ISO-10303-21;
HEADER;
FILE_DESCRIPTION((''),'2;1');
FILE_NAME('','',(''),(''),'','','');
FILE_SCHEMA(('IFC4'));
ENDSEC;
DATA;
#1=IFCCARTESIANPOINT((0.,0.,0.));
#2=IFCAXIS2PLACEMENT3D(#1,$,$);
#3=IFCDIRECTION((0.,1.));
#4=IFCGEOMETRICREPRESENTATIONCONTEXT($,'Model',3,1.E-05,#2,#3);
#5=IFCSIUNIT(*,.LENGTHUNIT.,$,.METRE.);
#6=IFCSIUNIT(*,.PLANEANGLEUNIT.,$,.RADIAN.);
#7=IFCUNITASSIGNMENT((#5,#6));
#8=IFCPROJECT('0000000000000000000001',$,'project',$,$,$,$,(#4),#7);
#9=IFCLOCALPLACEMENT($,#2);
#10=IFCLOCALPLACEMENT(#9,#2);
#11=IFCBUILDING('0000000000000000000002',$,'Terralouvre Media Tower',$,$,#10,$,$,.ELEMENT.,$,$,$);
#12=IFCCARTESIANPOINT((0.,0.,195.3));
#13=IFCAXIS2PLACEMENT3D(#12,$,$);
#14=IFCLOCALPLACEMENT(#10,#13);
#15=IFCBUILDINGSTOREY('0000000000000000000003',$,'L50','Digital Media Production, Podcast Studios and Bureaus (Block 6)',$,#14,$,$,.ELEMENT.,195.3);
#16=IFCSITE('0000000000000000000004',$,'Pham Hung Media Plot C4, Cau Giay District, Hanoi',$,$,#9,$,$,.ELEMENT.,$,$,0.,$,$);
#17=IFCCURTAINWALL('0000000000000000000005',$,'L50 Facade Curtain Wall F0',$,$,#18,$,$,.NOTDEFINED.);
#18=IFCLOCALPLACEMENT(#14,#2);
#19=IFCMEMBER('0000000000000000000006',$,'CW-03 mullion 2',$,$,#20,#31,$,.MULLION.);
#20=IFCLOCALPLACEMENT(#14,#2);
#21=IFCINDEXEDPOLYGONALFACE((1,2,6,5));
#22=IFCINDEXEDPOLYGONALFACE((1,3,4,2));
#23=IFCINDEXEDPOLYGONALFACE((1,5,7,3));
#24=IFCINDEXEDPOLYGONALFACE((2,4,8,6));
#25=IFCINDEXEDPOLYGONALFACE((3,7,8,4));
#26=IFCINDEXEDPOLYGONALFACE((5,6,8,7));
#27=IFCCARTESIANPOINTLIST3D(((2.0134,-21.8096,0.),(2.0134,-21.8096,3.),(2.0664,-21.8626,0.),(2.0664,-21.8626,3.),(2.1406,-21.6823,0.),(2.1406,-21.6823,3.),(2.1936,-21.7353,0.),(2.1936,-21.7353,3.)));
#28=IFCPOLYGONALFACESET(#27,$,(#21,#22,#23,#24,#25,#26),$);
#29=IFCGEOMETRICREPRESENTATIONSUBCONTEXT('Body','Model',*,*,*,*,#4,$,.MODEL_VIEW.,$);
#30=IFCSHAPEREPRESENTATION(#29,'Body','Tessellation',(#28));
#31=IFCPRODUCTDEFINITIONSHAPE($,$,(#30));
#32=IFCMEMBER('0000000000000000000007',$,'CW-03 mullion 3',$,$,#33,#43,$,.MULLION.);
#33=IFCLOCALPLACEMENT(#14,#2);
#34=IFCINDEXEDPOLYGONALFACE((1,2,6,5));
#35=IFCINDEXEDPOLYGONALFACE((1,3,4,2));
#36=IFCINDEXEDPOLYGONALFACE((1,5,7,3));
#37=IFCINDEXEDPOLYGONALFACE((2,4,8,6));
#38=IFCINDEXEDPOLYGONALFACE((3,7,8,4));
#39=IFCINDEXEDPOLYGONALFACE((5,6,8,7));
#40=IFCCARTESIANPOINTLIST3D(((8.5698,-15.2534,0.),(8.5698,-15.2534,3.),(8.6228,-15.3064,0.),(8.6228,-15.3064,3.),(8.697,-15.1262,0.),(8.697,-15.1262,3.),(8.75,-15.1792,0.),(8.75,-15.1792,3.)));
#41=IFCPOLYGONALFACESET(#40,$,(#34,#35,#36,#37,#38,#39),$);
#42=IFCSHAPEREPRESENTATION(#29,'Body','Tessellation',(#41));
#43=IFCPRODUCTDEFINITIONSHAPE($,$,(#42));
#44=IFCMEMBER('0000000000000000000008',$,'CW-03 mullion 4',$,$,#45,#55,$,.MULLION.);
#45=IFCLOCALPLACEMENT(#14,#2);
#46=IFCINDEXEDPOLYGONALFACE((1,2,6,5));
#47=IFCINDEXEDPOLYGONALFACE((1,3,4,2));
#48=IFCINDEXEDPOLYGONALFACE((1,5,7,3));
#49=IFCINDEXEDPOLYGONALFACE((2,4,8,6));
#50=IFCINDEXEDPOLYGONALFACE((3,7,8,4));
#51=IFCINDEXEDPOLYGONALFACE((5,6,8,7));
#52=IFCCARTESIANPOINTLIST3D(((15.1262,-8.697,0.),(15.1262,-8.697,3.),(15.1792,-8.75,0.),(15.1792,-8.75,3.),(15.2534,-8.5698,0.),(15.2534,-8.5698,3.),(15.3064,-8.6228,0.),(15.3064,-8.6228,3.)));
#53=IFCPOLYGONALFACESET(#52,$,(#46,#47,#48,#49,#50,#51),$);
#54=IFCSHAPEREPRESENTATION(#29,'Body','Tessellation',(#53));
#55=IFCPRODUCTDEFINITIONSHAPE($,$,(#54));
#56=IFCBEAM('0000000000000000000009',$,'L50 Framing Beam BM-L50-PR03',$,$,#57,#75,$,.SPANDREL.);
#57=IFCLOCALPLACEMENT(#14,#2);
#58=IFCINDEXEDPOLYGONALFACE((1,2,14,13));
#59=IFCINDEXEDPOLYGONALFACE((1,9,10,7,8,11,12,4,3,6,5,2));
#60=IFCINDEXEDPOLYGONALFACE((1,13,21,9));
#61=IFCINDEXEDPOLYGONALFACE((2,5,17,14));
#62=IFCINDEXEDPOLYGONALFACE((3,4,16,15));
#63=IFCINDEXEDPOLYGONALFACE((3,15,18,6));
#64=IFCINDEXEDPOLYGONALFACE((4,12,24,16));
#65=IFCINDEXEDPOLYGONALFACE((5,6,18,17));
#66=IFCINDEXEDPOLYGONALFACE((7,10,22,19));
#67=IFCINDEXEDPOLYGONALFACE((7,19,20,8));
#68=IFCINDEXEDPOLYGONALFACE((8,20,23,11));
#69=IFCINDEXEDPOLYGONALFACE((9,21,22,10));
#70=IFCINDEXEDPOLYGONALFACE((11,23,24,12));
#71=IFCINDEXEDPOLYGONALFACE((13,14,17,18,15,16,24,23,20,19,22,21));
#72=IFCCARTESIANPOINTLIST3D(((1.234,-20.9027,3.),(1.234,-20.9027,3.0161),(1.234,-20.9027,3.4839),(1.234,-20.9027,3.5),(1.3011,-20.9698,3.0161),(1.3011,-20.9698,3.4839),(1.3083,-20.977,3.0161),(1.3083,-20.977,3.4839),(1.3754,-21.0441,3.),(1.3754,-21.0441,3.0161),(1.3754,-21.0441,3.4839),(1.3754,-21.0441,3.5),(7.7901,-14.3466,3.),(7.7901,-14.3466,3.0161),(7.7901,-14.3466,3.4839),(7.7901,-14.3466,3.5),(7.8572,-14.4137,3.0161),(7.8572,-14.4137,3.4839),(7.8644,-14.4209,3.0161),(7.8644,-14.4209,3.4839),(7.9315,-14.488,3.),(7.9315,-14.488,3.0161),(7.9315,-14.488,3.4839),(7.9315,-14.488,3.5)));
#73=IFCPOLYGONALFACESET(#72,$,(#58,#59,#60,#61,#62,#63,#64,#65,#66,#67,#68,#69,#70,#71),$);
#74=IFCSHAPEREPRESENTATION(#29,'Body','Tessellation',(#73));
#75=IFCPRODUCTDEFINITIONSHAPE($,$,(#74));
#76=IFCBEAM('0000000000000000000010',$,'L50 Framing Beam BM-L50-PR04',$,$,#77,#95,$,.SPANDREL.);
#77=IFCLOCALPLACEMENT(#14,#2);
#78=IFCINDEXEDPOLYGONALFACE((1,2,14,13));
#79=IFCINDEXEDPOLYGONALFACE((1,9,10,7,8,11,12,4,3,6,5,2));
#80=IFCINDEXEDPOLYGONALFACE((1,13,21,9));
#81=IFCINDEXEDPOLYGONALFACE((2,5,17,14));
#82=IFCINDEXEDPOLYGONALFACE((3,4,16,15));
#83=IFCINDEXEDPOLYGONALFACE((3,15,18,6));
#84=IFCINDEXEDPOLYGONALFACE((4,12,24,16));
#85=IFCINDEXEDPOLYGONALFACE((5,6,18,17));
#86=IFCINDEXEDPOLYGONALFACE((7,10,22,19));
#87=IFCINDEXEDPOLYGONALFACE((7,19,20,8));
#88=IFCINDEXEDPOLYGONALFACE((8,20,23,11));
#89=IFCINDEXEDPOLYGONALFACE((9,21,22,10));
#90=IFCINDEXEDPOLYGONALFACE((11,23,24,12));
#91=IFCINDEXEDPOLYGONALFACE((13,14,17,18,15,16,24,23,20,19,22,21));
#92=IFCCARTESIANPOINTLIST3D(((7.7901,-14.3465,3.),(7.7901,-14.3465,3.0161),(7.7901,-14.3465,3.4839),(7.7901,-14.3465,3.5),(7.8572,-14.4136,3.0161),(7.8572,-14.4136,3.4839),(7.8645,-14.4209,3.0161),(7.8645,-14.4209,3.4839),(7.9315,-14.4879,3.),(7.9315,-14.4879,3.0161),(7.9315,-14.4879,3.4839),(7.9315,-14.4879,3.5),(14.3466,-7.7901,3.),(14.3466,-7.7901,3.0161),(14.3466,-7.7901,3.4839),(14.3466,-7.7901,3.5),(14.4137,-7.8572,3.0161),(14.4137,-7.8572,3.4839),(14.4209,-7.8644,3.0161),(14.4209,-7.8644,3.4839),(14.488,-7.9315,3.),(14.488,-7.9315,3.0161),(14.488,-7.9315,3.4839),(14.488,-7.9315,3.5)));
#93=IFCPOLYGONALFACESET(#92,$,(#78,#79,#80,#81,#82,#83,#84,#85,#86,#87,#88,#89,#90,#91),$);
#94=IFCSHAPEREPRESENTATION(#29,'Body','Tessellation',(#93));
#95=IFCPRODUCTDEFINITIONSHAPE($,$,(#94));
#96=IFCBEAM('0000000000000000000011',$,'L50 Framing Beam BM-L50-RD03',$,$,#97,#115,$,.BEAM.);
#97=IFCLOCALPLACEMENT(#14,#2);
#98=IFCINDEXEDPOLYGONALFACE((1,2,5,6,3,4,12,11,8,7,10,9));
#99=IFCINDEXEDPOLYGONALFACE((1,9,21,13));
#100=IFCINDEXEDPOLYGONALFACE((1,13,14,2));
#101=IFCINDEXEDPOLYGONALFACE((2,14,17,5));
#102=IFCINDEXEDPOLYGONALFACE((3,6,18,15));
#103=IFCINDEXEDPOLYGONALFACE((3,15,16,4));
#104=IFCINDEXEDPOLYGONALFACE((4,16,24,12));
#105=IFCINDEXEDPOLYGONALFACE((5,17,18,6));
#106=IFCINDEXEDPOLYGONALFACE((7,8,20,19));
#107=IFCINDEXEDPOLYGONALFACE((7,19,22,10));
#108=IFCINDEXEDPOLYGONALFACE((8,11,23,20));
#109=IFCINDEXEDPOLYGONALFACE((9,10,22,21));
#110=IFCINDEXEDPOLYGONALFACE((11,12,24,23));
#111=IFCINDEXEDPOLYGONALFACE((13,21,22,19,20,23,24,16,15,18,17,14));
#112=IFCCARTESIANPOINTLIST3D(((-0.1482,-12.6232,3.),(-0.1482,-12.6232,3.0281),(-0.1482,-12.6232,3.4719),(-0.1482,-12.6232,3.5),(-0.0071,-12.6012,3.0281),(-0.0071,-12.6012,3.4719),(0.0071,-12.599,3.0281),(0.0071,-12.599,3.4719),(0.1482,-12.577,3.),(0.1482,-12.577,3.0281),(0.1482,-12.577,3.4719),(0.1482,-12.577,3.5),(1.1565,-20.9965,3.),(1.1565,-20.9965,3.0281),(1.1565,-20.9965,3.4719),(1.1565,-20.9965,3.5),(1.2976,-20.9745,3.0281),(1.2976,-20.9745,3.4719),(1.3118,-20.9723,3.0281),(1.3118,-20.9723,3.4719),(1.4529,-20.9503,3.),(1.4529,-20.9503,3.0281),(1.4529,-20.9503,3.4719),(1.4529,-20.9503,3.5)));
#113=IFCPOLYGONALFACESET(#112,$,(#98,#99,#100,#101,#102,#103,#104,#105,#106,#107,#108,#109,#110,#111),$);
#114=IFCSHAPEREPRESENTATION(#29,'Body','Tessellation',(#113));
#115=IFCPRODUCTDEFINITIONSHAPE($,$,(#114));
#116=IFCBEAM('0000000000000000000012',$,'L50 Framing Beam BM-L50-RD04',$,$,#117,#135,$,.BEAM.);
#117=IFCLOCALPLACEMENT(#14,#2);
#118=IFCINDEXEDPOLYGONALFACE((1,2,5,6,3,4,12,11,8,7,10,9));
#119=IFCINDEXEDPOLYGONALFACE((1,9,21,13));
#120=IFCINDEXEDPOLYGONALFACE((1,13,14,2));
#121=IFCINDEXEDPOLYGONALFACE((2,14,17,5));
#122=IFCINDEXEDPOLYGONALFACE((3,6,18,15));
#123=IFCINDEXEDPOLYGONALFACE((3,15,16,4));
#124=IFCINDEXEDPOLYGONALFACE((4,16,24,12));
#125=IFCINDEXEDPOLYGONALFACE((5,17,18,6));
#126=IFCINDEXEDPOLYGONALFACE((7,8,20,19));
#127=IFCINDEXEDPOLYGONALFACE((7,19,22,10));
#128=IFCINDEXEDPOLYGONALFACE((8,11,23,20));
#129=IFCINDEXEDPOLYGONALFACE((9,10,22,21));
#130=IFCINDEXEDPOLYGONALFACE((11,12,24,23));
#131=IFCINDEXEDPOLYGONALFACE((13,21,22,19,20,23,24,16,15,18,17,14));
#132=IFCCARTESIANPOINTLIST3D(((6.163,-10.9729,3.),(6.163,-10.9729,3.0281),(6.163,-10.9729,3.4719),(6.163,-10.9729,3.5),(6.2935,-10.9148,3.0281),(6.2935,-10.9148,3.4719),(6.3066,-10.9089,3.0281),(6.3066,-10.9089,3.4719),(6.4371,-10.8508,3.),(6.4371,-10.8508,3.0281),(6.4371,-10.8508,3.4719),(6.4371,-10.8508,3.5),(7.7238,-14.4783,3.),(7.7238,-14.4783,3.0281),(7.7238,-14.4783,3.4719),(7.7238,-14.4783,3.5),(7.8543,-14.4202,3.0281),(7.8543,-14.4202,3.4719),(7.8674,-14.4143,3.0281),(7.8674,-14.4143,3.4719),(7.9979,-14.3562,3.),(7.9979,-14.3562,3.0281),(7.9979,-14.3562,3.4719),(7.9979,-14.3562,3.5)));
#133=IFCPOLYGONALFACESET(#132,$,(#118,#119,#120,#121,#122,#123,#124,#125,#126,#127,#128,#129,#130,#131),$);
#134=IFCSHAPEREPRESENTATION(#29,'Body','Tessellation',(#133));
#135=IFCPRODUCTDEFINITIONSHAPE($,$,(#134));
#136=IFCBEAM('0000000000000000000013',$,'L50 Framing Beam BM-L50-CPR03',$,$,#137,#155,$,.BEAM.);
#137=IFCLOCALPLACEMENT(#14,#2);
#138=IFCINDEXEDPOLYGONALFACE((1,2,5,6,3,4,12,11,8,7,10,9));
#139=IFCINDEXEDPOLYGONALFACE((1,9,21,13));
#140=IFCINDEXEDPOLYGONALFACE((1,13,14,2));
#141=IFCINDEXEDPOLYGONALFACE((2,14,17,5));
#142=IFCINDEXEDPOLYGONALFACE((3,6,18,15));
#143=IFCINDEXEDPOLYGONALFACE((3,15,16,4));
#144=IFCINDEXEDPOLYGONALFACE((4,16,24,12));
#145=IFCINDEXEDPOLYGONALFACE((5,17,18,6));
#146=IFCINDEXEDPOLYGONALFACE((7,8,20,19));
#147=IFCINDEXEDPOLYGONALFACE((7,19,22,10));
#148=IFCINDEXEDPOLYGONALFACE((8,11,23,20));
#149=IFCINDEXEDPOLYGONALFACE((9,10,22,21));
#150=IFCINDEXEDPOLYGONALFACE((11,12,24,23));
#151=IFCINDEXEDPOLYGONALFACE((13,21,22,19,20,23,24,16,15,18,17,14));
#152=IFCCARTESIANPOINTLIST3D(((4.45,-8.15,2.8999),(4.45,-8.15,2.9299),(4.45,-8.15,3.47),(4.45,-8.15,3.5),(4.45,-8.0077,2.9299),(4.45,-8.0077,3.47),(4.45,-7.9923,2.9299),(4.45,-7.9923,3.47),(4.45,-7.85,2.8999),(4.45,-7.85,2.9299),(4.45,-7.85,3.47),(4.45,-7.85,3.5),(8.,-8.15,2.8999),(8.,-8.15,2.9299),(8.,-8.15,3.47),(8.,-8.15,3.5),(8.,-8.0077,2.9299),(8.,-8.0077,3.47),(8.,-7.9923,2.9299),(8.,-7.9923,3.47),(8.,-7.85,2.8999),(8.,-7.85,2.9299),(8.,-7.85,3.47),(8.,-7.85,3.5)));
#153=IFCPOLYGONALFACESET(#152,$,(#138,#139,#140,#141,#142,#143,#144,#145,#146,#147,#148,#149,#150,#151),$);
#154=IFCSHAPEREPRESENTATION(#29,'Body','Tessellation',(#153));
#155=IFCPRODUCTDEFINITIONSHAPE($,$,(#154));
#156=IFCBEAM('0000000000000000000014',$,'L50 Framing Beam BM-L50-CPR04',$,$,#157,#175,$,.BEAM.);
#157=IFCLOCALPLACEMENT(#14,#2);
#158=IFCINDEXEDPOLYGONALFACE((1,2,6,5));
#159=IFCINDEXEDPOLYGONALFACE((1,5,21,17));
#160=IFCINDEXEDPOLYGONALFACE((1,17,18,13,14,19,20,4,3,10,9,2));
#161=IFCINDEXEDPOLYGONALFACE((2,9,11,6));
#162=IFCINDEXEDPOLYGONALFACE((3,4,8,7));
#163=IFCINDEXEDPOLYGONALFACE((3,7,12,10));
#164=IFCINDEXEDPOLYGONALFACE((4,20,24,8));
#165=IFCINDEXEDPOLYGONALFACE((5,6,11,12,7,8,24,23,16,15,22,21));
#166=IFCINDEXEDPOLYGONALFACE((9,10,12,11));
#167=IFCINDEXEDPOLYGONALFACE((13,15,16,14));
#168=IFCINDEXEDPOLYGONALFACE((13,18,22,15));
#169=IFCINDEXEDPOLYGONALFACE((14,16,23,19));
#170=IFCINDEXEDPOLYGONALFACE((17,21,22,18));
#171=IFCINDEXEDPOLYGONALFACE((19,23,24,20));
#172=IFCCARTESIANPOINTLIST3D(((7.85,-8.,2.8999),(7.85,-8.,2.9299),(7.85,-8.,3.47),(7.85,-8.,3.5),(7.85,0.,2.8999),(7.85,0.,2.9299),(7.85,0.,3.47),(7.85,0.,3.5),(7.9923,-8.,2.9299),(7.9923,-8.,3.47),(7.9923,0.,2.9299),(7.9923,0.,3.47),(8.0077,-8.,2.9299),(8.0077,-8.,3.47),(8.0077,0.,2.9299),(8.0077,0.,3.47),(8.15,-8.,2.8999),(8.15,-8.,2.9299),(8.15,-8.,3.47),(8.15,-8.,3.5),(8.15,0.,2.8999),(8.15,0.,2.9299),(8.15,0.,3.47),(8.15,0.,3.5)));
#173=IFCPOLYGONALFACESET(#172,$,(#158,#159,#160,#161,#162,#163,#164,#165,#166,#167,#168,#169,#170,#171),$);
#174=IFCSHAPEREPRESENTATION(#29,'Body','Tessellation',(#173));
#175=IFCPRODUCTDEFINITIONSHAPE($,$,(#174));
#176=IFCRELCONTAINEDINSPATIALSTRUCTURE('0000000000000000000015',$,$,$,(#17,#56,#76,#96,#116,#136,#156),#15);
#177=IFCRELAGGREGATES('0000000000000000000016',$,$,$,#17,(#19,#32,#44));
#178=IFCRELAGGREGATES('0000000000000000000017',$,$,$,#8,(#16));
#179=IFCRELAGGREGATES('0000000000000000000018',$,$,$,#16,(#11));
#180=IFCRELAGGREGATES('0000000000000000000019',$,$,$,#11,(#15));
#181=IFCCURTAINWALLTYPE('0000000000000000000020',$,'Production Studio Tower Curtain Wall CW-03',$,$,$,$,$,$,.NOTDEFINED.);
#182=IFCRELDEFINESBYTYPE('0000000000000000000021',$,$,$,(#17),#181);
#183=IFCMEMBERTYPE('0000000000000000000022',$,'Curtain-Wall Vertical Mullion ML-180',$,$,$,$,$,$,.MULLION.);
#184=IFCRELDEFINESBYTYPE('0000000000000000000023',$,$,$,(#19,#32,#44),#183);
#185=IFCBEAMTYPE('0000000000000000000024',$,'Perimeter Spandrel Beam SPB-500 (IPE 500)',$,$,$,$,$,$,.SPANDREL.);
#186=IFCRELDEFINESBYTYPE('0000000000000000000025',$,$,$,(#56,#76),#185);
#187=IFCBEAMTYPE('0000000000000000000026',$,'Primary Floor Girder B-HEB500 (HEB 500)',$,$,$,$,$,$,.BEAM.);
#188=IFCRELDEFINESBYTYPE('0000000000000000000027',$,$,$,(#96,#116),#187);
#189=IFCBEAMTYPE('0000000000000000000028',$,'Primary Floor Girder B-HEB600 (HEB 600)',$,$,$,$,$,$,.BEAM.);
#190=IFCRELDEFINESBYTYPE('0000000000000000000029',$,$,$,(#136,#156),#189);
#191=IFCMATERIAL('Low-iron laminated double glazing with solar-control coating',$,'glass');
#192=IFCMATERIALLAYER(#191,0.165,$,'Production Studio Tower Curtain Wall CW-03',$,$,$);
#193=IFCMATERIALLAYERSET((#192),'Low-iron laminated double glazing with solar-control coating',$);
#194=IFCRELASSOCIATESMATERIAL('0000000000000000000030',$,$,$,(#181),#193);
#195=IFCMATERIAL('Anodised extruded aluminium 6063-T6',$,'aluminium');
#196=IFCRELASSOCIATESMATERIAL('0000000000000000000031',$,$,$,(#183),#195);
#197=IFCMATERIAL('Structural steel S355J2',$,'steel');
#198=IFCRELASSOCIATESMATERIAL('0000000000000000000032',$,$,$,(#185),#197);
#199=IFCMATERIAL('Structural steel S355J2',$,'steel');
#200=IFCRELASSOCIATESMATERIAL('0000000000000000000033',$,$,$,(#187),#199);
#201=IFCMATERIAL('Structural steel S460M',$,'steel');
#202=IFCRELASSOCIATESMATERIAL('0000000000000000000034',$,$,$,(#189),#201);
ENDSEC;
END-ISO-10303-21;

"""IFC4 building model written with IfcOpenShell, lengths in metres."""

from ifc_helpers import new_model, si_unit, direction, frame, origin, origin_2d, place, context, subcontext, project, spatial, rectangle, i_section, extrude, material, layer, layer_set, material_profile, profile_set, type_object, element, aggregate, save


model = new_model("IFC4")

# Units and contexts
model_context = context("Model", 3, precision=1e-05, world=origin(), true_north=direction((0.0, 1.0)))
body_context = subcontext(model_context, "Body", "Model", "MODEL_VIEW")
ifc_project = project(units=[si_unit("LENGTHUNIT", "METRE"), si_unit("PLANEANGLEUNIT", "RADIAN")], contexts=[model_context])

# Site, building, storey
site_placement = place(None, origin())
site = spatial("IfcSite", under=ifc_project, at=site_placement, Name="Pham Hung Media Plot C4, Cau Giay District, Hanoi", CompositionType="ELEMENT", RefElevation=0.0)
building_placement = place(site_placement, origin())
building = spatial("IfcBuilding", under=site, at=building_placement, Name="Terralouvre Media Tower", CompositionType="ELEMENT")
storey_placement = place(building_placement, frame((0.0, 0.0, 195.3)))
storey = spatial("IfcBuildingStorey", under=building, at=storey_placement, Name="L50", Description="Digital Media Production, Podcast Studios and Bureaus (Block 6)", CompositionType="ELEMENT", Elevation=195.3)

# Curtain wall, members
ifc_material_1 = material(Name="Low-iron laminated double glazing with solar-control coating", Category="glass")
ifc_layer_1 = layer(ifc_material_1, 0.165, Name="Production Studio Tower Curtain Wall CW-03")
ifc_layer_set_1 = layer_set([ifc_layer_1], Name="Low-iron laminated double glazing with solar-control coating")
curtain_wall_type = type_object("IfcCurtainWallType", Name="Production Studio Tower Curtain Wall CW-03", PredefinedType="NOTDEFINED", material=ifc_layer_set_1)
curtain_wall_placement = place(storey_placement, origin())
curtain_wall = element("IfcCurtainWall", 1, at=curtain_wall_placement, inside=storey, type_object=curtain_wall_type, Name="L50 Facade Curtain Wall F0", PredefinedType="NOTDEFINED")
ifc_material_2 = material(Name="Anodised extruded aluminium 6063-T6", Category="aluminium")
ifc_material_profile_1 = material_profile(ifc_material_2, rectangle(XDim=0.075, YDim=0.1799, at=origin_2d()), Name="ALU 75x180")
ifc_profile_set_1 = profile_set([ifc_material_profile_1], Name="Anodised extruded aluminium 6063-T6")
member_type_1 = type_object("IfcMemberType", Name="Curtain-Wall Vertical Mullion ML-180", PredefinedType="MULLION", material=ifc_profile_set_1)
member_1_placement = place(storey_placement, frame((2.1035, -21.7725, 0.0), z_axis=(0.0, 0.0, 1.0), x_axis=(-0.707107, 0.707107, 0.0)))
member_1 = element("IfcMember", 2, at=member_1_placement, type_object=member_type_1, Name="CW-03 mullion 2", PredefinedType="MULLION", context=body_context, shape_type="SweptSolid", body=[
    extrude(rectangle(XDim=0.075, YDim=0.1799, at=origin_2d()), origin(), (0.0, 0.0, 1.0), 3.0),
])
member_2_placement = place(storey_placement, frame((8.6599, -15.2163, 0.0), z_axis=(0.0, 0.0, 1.0), x_axis=(-0.707107, 0.707107, 0.0)))
member_2 = element("IfcMember", 3, at=member_2_placement, type_object=member_type_1, Name="CW-03 mullion 3", PredefinedType="MULLION", context=body_context, shape_type="SweptSolid", body=[
    extrude(rectangle(XDim=0.075, YDim=0.1799, at=origin_2d()), origin(), (0.0, 0.0, 1.0), 3.0),
])
member_3_placement = place(storey_placement, frame((15.2163, -8.6599, 0.0), z_axis=(0.0, 0.0, 1.0), x_axis=(-0.707107, 0.707107, 0.0)))
member_3 = element("IfcMember", 4, at=member_3_placement, type_object=member_type_1, Name="CW-03 mullion 4", PredefinedType="MULLION", context=body_context, shape_type="SweptSolid", body=[
    extrude(rectangle(XDim=0.075, YDim=0.1799, at=origin_2d()), origin(), (0.0, 0.0, 1.0), 3.0),
])

# Beams
ifc_material_3 = material(Name="Structural steel S355J2", Category="steel")
ifc_material_profile_2 = material_profile(ifc_material_3, i_section(OverallWidth=0.2, OverallDepth=0.5, WebThickness=0.0103, FlangeThickness=0.0161, at=origin_2d()), Name="IPE 500")
ifc_profile_set_2 = profile_set([ifc_material_profile_2], Name="Structural steel S355J2")
beam_type_1 = type_object("IfcBeamType", Name="Perimeter Spandrel Beam SPB-500 (IPE 500)", PredefinedType="SPANDREL", material=ifc_profile_set_2)
beam_1_placement = place(storey_placement, frame((1.3047, -20.9734, 3.25), z_axis=(0.707107, 0.707107, 0.0), x_axis=(-0.707107, 0.707107, 0.0)))
element("IfcBeam", 5, at=beam_1_placement, inside=storey, type_object=beam_type_1, Name="L50 Framing Beam BM-L50-PR03", PredefinedType="SPANDREL", context=body_context, shape_type="SweptSolid", body=[
    extrude(i_section(OverallWidth=0.2, OverallDepth=0.5, WebThickness=0.0103, FlangeThickness=0.0161, at=origin_2d()), origin(), (0.0, 0.0, 1.0), 9.2717),
])
beam_2_placement = place(storey_placement, frame((7.8608, -14.4172, 3.25), z_axis=(0.707107, 0.707107, 0.0), x_axis=(-0.707107, 0.707107, 0.0)))
element("IfcBeam", 6, at=beam_2_placement, inside=storey, type_object=beam_type_1, Name="L50 Framing Beam BM-L50-PR04", PredefinedType="SPANDREL", context=body_context, shape_type="SweptSolid", body=[
    extrude(i_section(OverallWidth=0.2, OverallDepth=0.5, WebThickness=0.0103, FlangeThickness=0.0161, at=origin_2d()), origin(), (0.0, 0.0, 1.0), 9.2722),
])
ifc_material_4 = material(Name="Structural steel S355J2", Category="steel")
ifc_material_profile_3 = material_profile(ifc_material_4, i_section(OverallWidth=0.3, OverallDepth=0.5, WebThickness=0.0144, FlangeThickness=0.0281, at=origin_2d()), Name="HEB 500")
ifc_profile_set_3 = profile_set([ifc_material_profile_3], Name="Structural steel S355J2")
beam_type_2 = type_object("IfcBeamType", Name="Primary Floor Girder B-HEB500 (HEB 500)", PredefinedType="BEAM", material=ifc_profile_set_3)
beam_3_placement = place(storey_placement, frame((0.0, -12.6001, 3.25), z_axis=(0.153958, -0.988077, 0.0), x_axis=(0.988077, 0.153958, 0.0)))
element("IfcBeam", 7, at=beam_3_placement, inside=storey, type_object=beam_type_2, Name="L50 Framing Beam BM-L50-RD03", PredefinedType="BEAM", context=body_context, shape_type="SweptSolid", body=[
    extrude(i_section(OverallWidth=0.3, OverallDepth=0.5, WebThickness=0.0144, FlangeThickness=0.0281, at=origin_2d()), origin(), (0.0, 0.0, 1.0), 8.4744),
])
beam_4_placement = place(storey_placement, frame((6.3, -10.9119, 3.25), z_axis=(0.406758, -0.913536, 0.0), x_axis=(0.913536, 0.406758, 0.0)))
element("IfcBeam", 8, at=beam_4_placement, inside=storey, type_object=beam_type_2, Name="L50 Framing Beam BM-L50-RD04", PredefinedType="BEAM", context=body_context, shape_type="SweptSolid", body=[
    extrude(i_section(OverallWidth=0.3, OverallDepth=0.5, WebThickness=0.0144, FlangeThickness=0.0281, at=origin_2d()), origin(), (0.0, 0.0, 1.0), 3.8372),
])
ifc_material_5 = material(Name="Structural steel S460M", Category="steel")
ifc_material_profile_4 = material_profile(ifc_material_5, i_section(OverallWidth=0.3, OverallDepth=0.6001, WebThickness=0.0154, FlangeThickness=0.03, at=origin_2d()), Name="HEB 600")
ifc_profile_set_4 = profile_set([ifc_material_profile_4], Name="Structural steel S460M")
beam_type_3 = type_object("IfcBeamType", Name="Primary Floor Girder B-HEB600 (HEB 600)", PredefinedType="BEAM", material=ifc_profile_set_4)
beam_5_placement = place(storey_placement, frame((4.45, -8.0, 3.2), z_axis=(1.0, 0.0, 0.0), x_axis=(0.0, 1.0, 0.0)))
element("IfcBeam", 9, at=beam_5_placement, inside=storey, type_object=beam_type_3, Name="L50 Framing Beam BM-L50-CPR03", PredefinedType="BEAM", context=body_context, shape_type="SweptSolid", body=[
    extrude(i_section(OverallWidth=0.3, OverallDepth=0.6001, WebThickness=0.0154, FlangeThickness=0.03, at=origin_2d()), origin(), (0.0, 0.0, 1.0), 3.55),
])
beam_6_placement = place(storey_placement, frame((8.0, -8.0, 3.2), z_axis=(0.0, 1.0, 0.0), x_axis=(-1.0, 0.0, 0.0)))
element("IfcBeam", 10, at=beam_6_placement, inside=storey, type_object=beam_type_3, Name="L50 Framing Beam BM-L50-CPR04", PredefinedType="BEAM", context=body_context, shape_type="SweptSolid", body=[
    extrude(i_section(OverallWidth=0.3, OverallDepth=0.6001, WebThickness=0.0154, FlangeThickness=0.03, at=origin_2d()), origin(), (0.0, 0.0, 1.0), 8.0),
])

aggregate(curtain_wall, [member_1, member_2, member_3])

save(model, "model.ifc")
